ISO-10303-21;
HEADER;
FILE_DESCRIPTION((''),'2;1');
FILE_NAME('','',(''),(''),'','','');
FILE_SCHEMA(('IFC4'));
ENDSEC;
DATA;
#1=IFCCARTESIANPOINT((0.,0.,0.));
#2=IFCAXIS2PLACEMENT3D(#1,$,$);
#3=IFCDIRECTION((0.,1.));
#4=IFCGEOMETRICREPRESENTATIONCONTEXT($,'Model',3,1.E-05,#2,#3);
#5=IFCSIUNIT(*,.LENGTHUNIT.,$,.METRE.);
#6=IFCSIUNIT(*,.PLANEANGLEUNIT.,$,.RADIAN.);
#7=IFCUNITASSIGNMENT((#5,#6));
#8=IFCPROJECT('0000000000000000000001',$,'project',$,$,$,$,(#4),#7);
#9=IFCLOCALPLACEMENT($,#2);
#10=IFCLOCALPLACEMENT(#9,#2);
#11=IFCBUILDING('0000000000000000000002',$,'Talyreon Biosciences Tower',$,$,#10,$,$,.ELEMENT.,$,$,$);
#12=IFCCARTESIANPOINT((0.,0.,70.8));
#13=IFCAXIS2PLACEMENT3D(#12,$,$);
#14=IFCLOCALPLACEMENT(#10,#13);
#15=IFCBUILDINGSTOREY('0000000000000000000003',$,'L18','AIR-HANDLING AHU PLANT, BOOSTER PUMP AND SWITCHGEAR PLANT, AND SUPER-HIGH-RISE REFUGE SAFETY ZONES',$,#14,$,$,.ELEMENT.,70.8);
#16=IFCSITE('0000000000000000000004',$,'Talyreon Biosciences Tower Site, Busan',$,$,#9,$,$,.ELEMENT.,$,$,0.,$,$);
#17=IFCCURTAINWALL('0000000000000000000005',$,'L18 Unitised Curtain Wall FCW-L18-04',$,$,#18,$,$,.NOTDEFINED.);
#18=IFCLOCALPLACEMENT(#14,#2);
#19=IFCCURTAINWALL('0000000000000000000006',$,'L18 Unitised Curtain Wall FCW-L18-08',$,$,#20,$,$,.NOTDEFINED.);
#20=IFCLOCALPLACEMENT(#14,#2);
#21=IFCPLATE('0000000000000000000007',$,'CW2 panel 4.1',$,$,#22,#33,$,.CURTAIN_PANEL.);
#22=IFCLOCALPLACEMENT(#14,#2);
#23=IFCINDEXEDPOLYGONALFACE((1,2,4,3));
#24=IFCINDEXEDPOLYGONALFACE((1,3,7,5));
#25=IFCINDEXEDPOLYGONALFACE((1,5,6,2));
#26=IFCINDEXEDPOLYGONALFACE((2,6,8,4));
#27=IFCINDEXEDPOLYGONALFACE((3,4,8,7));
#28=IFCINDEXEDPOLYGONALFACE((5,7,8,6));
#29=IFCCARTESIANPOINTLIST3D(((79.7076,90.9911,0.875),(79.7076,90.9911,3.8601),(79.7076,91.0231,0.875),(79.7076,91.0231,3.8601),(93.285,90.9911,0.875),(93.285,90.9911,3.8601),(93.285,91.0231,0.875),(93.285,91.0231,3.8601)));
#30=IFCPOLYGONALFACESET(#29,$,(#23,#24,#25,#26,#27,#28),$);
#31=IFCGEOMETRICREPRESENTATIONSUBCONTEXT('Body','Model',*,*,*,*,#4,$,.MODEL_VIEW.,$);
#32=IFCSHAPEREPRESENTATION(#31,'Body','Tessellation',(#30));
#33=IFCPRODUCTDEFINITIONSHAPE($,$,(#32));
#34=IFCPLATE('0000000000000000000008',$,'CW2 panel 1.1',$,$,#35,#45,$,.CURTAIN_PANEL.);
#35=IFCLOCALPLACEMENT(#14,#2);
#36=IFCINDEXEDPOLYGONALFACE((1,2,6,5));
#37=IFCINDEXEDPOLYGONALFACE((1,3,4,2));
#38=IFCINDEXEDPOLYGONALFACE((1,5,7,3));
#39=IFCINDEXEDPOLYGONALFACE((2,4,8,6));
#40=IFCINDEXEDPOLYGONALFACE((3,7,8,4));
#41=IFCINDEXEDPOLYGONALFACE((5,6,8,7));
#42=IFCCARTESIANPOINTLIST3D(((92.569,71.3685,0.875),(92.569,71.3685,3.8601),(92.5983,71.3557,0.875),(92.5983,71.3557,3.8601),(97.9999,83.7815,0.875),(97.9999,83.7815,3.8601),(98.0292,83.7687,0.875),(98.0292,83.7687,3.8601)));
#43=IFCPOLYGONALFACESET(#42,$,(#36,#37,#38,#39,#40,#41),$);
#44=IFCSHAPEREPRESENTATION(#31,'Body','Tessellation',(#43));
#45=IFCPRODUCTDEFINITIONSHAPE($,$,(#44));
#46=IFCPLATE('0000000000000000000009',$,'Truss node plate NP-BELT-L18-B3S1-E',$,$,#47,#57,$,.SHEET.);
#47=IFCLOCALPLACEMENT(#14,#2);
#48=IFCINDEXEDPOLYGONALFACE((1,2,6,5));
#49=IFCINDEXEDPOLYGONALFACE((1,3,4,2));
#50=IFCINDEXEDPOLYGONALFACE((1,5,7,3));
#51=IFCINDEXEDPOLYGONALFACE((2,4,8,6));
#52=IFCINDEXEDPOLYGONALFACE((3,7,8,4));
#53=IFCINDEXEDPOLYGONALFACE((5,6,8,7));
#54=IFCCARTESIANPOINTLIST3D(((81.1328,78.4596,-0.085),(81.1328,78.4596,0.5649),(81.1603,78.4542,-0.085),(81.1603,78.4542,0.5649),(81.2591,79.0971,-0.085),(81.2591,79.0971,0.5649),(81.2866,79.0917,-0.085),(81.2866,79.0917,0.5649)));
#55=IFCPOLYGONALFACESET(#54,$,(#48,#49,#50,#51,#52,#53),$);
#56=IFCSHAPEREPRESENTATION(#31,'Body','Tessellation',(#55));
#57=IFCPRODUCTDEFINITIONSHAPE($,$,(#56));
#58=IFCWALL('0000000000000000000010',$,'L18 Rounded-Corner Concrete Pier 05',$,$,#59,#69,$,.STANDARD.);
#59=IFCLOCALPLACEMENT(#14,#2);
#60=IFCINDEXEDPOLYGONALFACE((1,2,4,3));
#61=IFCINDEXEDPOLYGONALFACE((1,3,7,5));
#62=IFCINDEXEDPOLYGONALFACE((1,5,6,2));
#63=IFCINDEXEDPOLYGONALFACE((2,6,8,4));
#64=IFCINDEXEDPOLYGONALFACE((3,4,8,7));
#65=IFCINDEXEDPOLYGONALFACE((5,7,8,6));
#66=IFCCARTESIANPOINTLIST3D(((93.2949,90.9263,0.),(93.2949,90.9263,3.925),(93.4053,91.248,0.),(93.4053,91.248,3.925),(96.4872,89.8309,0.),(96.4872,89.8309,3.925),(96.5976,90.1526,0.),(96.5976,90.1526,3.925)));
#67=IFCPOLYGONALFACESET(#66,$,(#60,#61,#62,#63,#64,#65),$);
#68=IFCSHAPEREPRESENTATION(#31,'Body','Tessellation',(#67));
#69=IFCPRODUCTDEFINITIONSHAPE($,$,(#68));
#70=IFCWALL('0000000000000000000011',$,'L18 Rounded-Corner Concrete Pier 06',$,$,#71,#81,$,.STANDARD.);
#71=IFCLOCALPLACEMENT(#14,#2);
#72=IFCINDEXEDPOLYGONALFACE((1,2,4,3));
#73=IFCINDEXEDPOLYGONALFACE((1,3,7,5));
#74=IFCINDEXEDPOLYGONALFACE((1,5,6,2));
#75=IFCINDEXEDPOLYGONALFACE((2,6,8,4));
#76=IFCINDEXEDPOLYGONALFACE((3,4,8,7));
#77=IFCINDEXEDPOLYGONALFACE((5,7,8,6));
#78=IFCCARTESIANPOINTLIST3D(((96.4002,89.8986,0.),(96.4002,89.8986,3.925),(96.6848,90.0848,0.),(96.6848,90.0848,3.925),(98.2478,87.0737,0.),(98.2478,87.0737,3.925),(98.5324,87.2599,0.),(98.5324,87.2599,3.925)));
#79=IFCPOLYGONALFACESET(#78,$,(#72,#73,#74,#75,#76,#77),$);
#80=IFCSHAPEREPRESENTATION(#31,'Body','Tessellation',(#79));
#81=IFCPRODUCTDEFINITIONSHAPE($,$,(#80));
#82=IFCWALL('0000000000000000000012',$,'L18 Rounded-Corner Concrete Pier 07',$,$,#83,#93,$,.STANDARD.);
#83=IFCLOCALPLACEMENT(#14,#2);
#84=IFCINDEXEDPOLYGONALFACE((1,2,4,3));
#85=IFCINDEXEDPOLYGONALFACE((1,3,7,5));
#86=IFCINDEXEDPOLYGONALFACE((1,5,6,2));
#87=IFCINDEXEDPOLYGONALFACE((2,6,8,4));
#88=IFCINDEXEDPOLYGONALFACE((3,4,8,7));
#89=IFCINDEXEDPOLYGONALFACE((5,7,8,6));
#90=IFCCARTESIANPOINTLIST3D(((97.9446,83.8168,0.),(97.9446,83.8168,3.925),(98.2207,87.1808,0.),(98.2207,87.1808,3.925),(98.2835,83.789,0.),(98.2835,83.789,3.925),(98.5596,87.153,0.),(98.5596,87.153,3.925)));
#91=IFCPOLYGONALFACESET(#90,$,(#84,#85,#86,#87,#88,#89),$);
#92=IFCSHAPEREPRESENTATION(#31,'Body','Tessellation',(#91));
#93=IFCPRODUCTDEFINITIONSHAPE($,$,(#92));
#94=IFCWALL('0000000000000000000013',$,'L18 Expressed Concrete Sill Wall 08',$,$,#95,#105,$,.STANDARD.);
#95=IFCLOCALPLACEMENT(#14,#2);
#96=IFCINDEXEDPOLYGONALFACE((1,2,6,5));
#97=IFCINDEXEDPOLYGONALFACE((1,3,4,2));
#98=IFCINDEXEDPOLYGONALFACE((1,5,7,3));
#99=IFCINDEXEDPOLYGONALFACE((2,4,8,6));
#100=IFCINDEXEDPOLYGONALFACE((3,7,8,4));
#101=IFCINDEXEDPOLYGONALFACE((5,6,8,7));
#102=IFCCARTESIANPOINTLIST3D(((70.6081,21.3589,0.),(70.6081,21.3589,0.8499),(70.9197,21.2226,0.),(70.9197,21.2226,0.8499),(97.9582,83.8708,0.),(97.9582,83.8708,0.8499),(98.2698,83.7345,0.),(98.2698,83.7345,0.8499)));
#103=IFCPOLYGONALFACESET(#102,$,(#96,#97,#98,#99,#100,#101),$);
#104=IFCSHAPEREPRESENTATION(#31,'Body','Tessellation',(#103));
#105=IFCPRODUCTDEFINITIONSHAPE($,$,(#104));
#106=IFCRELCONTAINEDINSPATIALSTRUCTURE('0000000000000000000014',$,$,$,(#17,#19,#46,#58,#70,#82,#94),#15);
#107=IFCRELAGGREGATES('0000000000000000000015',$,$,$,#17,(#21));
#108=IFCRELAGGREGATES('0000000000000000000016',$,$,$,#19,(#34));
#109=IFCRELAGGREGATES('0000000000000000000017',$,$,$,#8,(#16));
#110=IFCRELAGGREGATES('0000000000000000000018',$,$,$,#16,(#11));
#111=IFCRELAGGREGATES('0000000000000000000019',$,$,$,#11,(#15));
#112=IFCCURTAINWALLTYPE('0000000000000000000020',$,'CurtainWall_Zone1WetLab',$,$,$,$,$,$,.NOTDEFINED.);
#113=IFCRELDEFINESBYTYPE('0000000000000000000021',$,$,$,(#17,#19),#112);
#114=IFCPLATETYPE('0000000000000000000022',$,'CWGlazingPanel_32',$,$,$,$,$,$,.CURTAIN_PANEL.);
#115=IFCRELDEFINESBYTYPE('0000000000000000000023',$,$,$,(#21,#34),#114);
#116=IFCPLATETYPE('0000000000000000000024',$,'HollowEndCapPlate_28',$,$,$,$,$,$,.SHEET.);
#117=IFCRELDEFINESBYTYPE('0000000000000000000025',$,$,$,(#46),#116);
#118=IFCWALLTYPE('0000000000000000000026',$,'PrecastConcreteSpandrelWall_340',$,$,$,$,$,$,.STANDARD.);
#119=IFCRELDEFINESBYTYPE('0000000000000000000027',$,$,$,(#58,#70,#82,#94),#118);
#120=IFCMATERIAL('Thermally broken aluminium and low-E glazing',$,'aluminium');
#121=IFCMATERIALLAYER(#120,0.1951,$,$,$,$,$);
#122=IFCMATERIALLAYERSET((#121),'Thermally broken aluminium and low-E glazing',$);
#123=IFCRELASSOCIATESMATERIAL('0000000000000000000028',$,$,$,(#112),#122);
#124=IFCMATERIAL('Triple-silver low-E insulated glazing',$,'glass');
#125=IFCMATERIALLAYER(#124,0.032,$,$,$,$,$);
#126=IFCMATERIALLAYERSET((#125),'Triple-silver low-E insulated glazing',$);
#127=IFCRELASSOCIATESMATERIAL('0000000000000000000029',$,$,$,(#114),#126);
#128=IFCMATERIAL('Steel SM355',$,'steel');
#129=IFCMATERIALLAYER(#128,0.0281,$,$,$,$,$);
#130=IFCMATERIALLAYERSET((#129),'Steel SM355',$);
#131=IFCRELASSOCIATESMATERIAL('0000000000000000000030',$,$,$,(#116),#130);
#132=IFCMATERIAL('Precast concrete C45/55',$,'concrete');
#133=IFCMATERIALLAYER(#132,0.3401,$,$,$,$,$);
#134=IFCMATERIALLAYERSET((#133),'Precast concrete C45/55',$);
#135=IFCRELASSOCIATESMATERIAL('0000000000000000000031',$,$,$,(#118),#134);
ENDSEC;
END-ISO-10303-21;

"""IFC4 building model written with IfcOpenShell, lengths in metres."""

from ifc_helpers import new_model, si_unit, direction, frame, frame_2d, origin, origin_2d, place, context, subcontext, project, spatial, rectangle, extrude, material, layer, layer_set, type_object, element, aggregate, save


model = new_model("IFC4")

# Units and contexts
model_context = context("Model", 3, precision=1e-05, world=origin(), true_north=direction((0.0, 1.0)))
body_context = subcontext(model_context, "Body", "Model", "MODEL_VIEW")
ifc_project = project(units=[si_unit("LENGTHUNIT", "METRE"), si_unit("PLANEANGLEUNIT", "RADIAN")], contexts=[model_context])

# Site, building, storey
site_placement = place(None, origin())
site = spatial("IfcSite", under=ifc_project, at=site_placement, Name="Talyreon Biosciences Tower Site, Busan", CompositionType="ELEMENT", RefElevation=0.0)
building_placement = place(site_placement, origin())
building = spatial("IfcBuilding", under=site, at=building_placement, Name="Talyreon Biosciences Tower", CompositionType="ELEMENT")
storey_placement = place(building_placement, frame((0.0, 0.0, 70.8)))
storey = spatial("IfcBuildingStorey", under=building, at=storey_placement, Name="L18", Description="AIR-HANDLING AHU PLANT, BOOSTER PUMP AND SWITCHGEAR PLANT, AND SUPER-HIGH-RISE REFUGE SAFETY ZONES", CompositionType="ELEMENT", Elevation=70.8)

# Shared definitions
ifc_material_1 = material(Name="Steel SM355", Category="steel")

# Curtain wall
ifc_material_2 = material(Name="Thermally broken aluminium and low-E glazing", Category="aluminium")
ifc_layer_1 = layer(ifc_material_2, 0.1951)
ifc_layer_set_1 = layer_set([ifc_layer_1], Name="Thermally broken aluminium and low-E glazing")
curtain_wall_type = type_object("IfcCurtainWallType", Name="CurtainWall_Zone1WetLab", PredefinedType="NOTDEFINED", material=ifc_layer_set_1)
curtain_wall_1_placement = place(storey_placement, origin())
curtain_wall_1 = element("IfcCurtainWall", 1, at=curtain_wall_1_placement, inside=storey, type_object=curtain_wall_type, Name="L18 Unitised Curtain Wall FCW-L18-04", PredefinedType="NOTDEFINED")

# Curtain wall
curtain_wall_2_placement = place(storey_placement, origin())
curtain_wall_2 = element("IfcCurtainWall", 2, at=curtain_wall_2_placement, inside=storey, type_object=curtain_wall_type, Name="L18 Unitised Curtain Wall FCW-L18-08", PredefinedType="NOTDEFINED")

# Shared definitions
ifc_material_3 = material(Name="Precast concrete C45/55", Category="concrete")

# Plates
ifc_material_4 = material(Name="Triple-silver low-E insulated glazing", Category="glass")
ifc_layer_2 = layer(ifc_material_4, 0.032)
ifc_layer_set_2 = layer_set([ifc_layer_2], Name="Triple-silver low-E insulated glazing")
plate_type_1 = type_object("IfcPlateType", Name="CWGlazingPanel_32", PredefinedType="CURTAIN_PANEL", material=ifc_layer_set_2)
plate_1_placement = place(storey_placement, frame((86.4963, 91.0071, 0.875), z_axis=(0.0, 0.0, 1.0), x_axis=(1.0, 0.0, 0.0)))
plate_1 = element("IfcPlate", 3, at=plate_1_placement, type_object=plate_type_1, Name="CW2 panel 4.1", PredefinedType="CURTAIN_PANEL", context=body_context, shape_type="SweptSolid", body=[
    extrude(rectangle(XDim=13.5774, YDim=0.032, at=origin_2d()), origin(), (0.0, 0.0, 1.0), 2.9851),
])
aggregate(curtain_wall_1, [plate_1])
plate_2_placement = place(storey_placement, frame((95.2991, 77.5686, 0.875), z_axis=(0.0, 0.0, 1.0), x_axis=(-0.400831, -0.916152, 0.0)))
plate_2 = element("IfcPlate", 4, at=plate_2_placement, type_object=plate_type_1, Name="CW2 panel 1.1", PredefinedType="CURTAIN_PANEL", context=body_context, shape_type="SweptSolid", body=[
    extrude(rectangle(XDim=13.5491, YDim=0.032, at=origin_2d()), origin(), (0.0, 0.0, 1.0), 2.9851),
])
aggregate(curtain_wall_2, [plate_2])
ifc_layer_3 = layer(ifc_material_1, 0.0281)
ifc_layer_set_3 = layer_set([ifc_layer_3], Name="Steel SM355")
plate_type_2 = type_object("IfcPlateType", Name="HollowEndCapPlate_28", PredefinedType="SHEET", material=ifc_layer_set_3)
plate_3_placement = place(storey_placement, frame((81.2097, 78.7756, -0.085), z_axis=(0.0, 0.0, 1.0), x_axis=(-0.194337, -0.980935, 0.0)))
element("IfcPlate", 5, at=plate_3_placement, inside=storey, type_object=plate_type_2, Name="Truss node plate NP-BELT-L18-B3S1-E", PredefinedType="SHEET", context=body_context, shape_type="SweptSolid", body=[
    extrude(rectangle(XDim=0.6499, YDim=0.0281, at=origin_2d()), origin(), (0.0, 0.0, 1.0), 0.6499),
])

# Walls
ifc_layer_4 = layer(ifc_material_3, 0.3401)
ifc_layer_set_4 = layer_set([ifc_layer_4], Name="Precast concrete C45/55")
wall_type = type_object("IfcWallType", Name="PrecastConcreteSpandrelWall_340", PredefinedType="STANDARD", material=ifc_layer_set_4)
wall_1_placement = place(storey_placement, frame((93.3501, 91.0872, 0.0), z_axis=(0.0, 0.0, 1.0), x_axis=(0.945862, -0.32457, 0.0)))
element("IfcWall", 6, at=wall_1_placement, inside=storey, type_object=wall_type, Name="L18 Rounded-Corner Concrete Pier 05", PredefinedType="STANDARD", context=body_context, shape_type="SweptSolid", body=[
    extrude(rectangle(XDim=3.375, YDim=0.3401, at=frame_2d((1.6875, 0.0))), origin(), (0.0, 0.0, 1.0), 3.925),
])
wall_2_placement = place(storey_placement, frame((96.5425, 89.9917, 0.0), z_axis=(0.0, 0.0, 1.0), x_axis=(0.547368, -0.836892, 0.0)))
element("IfcWall", 7, at=wall_2_placement, inside=storey, type_object=wall_type, Name="L18 Rounded-Corner Concrete Pier 06", PredefinedType="STANDARD", context=body_context, shape_type="SweptSolid", body=[
    extrude(rectangle(XDim=3.3755, YDim=0.3401, at=frame_2d((1.6877, 0.0))), origin(), (0.0, 0.0, 1.0), 3.925),
])
wall_3_placement = place(storey_placement, frame((98.3901, 87.1667, 0.0), z_axis=(0.0, 0.0, 1.0), x_axis=(-0.081806, -0.996648, 0.0)))
element("IfcWall", 8, at=wall_3_placement, inside=storey, type_object=wall_type, Name="L18 Rounded-Corner Concrete Pier 07", PredefinedType="STANDARD", context=body_context, shape_type="SweptSolid", body=[
    extrude(rectangle(XDim=3.3752, YDim=0.3401, at=frame_2d((1.6875, 0.0))), origin(), (0.0, 0.0, 1.0), 3.925),
])
wall_4_placement = place(storey_placement, frame((98.114, 83.8027, 0.0), z_axis=(0.0, 0.0, 1.0), x_axis=(-0.400833, -0.916151, 0.0)))
element("IfcWall", 9, at=wall_4_placement, inside=storey, type_object=wall_type, Name="L18 Expressed Concrete Sill Wall 08", PredefinedType="STANDARD", context=body_context, shape_type="SweptSolid", body=[
    extrude(rectangle(XDim=68.2332, YDim=0.3401, at=frame_2d((34.1167, 0.0))), origin(), (0.0, 0.0, 1.0), 0.8499),
])

save(model, "model.ifc")
